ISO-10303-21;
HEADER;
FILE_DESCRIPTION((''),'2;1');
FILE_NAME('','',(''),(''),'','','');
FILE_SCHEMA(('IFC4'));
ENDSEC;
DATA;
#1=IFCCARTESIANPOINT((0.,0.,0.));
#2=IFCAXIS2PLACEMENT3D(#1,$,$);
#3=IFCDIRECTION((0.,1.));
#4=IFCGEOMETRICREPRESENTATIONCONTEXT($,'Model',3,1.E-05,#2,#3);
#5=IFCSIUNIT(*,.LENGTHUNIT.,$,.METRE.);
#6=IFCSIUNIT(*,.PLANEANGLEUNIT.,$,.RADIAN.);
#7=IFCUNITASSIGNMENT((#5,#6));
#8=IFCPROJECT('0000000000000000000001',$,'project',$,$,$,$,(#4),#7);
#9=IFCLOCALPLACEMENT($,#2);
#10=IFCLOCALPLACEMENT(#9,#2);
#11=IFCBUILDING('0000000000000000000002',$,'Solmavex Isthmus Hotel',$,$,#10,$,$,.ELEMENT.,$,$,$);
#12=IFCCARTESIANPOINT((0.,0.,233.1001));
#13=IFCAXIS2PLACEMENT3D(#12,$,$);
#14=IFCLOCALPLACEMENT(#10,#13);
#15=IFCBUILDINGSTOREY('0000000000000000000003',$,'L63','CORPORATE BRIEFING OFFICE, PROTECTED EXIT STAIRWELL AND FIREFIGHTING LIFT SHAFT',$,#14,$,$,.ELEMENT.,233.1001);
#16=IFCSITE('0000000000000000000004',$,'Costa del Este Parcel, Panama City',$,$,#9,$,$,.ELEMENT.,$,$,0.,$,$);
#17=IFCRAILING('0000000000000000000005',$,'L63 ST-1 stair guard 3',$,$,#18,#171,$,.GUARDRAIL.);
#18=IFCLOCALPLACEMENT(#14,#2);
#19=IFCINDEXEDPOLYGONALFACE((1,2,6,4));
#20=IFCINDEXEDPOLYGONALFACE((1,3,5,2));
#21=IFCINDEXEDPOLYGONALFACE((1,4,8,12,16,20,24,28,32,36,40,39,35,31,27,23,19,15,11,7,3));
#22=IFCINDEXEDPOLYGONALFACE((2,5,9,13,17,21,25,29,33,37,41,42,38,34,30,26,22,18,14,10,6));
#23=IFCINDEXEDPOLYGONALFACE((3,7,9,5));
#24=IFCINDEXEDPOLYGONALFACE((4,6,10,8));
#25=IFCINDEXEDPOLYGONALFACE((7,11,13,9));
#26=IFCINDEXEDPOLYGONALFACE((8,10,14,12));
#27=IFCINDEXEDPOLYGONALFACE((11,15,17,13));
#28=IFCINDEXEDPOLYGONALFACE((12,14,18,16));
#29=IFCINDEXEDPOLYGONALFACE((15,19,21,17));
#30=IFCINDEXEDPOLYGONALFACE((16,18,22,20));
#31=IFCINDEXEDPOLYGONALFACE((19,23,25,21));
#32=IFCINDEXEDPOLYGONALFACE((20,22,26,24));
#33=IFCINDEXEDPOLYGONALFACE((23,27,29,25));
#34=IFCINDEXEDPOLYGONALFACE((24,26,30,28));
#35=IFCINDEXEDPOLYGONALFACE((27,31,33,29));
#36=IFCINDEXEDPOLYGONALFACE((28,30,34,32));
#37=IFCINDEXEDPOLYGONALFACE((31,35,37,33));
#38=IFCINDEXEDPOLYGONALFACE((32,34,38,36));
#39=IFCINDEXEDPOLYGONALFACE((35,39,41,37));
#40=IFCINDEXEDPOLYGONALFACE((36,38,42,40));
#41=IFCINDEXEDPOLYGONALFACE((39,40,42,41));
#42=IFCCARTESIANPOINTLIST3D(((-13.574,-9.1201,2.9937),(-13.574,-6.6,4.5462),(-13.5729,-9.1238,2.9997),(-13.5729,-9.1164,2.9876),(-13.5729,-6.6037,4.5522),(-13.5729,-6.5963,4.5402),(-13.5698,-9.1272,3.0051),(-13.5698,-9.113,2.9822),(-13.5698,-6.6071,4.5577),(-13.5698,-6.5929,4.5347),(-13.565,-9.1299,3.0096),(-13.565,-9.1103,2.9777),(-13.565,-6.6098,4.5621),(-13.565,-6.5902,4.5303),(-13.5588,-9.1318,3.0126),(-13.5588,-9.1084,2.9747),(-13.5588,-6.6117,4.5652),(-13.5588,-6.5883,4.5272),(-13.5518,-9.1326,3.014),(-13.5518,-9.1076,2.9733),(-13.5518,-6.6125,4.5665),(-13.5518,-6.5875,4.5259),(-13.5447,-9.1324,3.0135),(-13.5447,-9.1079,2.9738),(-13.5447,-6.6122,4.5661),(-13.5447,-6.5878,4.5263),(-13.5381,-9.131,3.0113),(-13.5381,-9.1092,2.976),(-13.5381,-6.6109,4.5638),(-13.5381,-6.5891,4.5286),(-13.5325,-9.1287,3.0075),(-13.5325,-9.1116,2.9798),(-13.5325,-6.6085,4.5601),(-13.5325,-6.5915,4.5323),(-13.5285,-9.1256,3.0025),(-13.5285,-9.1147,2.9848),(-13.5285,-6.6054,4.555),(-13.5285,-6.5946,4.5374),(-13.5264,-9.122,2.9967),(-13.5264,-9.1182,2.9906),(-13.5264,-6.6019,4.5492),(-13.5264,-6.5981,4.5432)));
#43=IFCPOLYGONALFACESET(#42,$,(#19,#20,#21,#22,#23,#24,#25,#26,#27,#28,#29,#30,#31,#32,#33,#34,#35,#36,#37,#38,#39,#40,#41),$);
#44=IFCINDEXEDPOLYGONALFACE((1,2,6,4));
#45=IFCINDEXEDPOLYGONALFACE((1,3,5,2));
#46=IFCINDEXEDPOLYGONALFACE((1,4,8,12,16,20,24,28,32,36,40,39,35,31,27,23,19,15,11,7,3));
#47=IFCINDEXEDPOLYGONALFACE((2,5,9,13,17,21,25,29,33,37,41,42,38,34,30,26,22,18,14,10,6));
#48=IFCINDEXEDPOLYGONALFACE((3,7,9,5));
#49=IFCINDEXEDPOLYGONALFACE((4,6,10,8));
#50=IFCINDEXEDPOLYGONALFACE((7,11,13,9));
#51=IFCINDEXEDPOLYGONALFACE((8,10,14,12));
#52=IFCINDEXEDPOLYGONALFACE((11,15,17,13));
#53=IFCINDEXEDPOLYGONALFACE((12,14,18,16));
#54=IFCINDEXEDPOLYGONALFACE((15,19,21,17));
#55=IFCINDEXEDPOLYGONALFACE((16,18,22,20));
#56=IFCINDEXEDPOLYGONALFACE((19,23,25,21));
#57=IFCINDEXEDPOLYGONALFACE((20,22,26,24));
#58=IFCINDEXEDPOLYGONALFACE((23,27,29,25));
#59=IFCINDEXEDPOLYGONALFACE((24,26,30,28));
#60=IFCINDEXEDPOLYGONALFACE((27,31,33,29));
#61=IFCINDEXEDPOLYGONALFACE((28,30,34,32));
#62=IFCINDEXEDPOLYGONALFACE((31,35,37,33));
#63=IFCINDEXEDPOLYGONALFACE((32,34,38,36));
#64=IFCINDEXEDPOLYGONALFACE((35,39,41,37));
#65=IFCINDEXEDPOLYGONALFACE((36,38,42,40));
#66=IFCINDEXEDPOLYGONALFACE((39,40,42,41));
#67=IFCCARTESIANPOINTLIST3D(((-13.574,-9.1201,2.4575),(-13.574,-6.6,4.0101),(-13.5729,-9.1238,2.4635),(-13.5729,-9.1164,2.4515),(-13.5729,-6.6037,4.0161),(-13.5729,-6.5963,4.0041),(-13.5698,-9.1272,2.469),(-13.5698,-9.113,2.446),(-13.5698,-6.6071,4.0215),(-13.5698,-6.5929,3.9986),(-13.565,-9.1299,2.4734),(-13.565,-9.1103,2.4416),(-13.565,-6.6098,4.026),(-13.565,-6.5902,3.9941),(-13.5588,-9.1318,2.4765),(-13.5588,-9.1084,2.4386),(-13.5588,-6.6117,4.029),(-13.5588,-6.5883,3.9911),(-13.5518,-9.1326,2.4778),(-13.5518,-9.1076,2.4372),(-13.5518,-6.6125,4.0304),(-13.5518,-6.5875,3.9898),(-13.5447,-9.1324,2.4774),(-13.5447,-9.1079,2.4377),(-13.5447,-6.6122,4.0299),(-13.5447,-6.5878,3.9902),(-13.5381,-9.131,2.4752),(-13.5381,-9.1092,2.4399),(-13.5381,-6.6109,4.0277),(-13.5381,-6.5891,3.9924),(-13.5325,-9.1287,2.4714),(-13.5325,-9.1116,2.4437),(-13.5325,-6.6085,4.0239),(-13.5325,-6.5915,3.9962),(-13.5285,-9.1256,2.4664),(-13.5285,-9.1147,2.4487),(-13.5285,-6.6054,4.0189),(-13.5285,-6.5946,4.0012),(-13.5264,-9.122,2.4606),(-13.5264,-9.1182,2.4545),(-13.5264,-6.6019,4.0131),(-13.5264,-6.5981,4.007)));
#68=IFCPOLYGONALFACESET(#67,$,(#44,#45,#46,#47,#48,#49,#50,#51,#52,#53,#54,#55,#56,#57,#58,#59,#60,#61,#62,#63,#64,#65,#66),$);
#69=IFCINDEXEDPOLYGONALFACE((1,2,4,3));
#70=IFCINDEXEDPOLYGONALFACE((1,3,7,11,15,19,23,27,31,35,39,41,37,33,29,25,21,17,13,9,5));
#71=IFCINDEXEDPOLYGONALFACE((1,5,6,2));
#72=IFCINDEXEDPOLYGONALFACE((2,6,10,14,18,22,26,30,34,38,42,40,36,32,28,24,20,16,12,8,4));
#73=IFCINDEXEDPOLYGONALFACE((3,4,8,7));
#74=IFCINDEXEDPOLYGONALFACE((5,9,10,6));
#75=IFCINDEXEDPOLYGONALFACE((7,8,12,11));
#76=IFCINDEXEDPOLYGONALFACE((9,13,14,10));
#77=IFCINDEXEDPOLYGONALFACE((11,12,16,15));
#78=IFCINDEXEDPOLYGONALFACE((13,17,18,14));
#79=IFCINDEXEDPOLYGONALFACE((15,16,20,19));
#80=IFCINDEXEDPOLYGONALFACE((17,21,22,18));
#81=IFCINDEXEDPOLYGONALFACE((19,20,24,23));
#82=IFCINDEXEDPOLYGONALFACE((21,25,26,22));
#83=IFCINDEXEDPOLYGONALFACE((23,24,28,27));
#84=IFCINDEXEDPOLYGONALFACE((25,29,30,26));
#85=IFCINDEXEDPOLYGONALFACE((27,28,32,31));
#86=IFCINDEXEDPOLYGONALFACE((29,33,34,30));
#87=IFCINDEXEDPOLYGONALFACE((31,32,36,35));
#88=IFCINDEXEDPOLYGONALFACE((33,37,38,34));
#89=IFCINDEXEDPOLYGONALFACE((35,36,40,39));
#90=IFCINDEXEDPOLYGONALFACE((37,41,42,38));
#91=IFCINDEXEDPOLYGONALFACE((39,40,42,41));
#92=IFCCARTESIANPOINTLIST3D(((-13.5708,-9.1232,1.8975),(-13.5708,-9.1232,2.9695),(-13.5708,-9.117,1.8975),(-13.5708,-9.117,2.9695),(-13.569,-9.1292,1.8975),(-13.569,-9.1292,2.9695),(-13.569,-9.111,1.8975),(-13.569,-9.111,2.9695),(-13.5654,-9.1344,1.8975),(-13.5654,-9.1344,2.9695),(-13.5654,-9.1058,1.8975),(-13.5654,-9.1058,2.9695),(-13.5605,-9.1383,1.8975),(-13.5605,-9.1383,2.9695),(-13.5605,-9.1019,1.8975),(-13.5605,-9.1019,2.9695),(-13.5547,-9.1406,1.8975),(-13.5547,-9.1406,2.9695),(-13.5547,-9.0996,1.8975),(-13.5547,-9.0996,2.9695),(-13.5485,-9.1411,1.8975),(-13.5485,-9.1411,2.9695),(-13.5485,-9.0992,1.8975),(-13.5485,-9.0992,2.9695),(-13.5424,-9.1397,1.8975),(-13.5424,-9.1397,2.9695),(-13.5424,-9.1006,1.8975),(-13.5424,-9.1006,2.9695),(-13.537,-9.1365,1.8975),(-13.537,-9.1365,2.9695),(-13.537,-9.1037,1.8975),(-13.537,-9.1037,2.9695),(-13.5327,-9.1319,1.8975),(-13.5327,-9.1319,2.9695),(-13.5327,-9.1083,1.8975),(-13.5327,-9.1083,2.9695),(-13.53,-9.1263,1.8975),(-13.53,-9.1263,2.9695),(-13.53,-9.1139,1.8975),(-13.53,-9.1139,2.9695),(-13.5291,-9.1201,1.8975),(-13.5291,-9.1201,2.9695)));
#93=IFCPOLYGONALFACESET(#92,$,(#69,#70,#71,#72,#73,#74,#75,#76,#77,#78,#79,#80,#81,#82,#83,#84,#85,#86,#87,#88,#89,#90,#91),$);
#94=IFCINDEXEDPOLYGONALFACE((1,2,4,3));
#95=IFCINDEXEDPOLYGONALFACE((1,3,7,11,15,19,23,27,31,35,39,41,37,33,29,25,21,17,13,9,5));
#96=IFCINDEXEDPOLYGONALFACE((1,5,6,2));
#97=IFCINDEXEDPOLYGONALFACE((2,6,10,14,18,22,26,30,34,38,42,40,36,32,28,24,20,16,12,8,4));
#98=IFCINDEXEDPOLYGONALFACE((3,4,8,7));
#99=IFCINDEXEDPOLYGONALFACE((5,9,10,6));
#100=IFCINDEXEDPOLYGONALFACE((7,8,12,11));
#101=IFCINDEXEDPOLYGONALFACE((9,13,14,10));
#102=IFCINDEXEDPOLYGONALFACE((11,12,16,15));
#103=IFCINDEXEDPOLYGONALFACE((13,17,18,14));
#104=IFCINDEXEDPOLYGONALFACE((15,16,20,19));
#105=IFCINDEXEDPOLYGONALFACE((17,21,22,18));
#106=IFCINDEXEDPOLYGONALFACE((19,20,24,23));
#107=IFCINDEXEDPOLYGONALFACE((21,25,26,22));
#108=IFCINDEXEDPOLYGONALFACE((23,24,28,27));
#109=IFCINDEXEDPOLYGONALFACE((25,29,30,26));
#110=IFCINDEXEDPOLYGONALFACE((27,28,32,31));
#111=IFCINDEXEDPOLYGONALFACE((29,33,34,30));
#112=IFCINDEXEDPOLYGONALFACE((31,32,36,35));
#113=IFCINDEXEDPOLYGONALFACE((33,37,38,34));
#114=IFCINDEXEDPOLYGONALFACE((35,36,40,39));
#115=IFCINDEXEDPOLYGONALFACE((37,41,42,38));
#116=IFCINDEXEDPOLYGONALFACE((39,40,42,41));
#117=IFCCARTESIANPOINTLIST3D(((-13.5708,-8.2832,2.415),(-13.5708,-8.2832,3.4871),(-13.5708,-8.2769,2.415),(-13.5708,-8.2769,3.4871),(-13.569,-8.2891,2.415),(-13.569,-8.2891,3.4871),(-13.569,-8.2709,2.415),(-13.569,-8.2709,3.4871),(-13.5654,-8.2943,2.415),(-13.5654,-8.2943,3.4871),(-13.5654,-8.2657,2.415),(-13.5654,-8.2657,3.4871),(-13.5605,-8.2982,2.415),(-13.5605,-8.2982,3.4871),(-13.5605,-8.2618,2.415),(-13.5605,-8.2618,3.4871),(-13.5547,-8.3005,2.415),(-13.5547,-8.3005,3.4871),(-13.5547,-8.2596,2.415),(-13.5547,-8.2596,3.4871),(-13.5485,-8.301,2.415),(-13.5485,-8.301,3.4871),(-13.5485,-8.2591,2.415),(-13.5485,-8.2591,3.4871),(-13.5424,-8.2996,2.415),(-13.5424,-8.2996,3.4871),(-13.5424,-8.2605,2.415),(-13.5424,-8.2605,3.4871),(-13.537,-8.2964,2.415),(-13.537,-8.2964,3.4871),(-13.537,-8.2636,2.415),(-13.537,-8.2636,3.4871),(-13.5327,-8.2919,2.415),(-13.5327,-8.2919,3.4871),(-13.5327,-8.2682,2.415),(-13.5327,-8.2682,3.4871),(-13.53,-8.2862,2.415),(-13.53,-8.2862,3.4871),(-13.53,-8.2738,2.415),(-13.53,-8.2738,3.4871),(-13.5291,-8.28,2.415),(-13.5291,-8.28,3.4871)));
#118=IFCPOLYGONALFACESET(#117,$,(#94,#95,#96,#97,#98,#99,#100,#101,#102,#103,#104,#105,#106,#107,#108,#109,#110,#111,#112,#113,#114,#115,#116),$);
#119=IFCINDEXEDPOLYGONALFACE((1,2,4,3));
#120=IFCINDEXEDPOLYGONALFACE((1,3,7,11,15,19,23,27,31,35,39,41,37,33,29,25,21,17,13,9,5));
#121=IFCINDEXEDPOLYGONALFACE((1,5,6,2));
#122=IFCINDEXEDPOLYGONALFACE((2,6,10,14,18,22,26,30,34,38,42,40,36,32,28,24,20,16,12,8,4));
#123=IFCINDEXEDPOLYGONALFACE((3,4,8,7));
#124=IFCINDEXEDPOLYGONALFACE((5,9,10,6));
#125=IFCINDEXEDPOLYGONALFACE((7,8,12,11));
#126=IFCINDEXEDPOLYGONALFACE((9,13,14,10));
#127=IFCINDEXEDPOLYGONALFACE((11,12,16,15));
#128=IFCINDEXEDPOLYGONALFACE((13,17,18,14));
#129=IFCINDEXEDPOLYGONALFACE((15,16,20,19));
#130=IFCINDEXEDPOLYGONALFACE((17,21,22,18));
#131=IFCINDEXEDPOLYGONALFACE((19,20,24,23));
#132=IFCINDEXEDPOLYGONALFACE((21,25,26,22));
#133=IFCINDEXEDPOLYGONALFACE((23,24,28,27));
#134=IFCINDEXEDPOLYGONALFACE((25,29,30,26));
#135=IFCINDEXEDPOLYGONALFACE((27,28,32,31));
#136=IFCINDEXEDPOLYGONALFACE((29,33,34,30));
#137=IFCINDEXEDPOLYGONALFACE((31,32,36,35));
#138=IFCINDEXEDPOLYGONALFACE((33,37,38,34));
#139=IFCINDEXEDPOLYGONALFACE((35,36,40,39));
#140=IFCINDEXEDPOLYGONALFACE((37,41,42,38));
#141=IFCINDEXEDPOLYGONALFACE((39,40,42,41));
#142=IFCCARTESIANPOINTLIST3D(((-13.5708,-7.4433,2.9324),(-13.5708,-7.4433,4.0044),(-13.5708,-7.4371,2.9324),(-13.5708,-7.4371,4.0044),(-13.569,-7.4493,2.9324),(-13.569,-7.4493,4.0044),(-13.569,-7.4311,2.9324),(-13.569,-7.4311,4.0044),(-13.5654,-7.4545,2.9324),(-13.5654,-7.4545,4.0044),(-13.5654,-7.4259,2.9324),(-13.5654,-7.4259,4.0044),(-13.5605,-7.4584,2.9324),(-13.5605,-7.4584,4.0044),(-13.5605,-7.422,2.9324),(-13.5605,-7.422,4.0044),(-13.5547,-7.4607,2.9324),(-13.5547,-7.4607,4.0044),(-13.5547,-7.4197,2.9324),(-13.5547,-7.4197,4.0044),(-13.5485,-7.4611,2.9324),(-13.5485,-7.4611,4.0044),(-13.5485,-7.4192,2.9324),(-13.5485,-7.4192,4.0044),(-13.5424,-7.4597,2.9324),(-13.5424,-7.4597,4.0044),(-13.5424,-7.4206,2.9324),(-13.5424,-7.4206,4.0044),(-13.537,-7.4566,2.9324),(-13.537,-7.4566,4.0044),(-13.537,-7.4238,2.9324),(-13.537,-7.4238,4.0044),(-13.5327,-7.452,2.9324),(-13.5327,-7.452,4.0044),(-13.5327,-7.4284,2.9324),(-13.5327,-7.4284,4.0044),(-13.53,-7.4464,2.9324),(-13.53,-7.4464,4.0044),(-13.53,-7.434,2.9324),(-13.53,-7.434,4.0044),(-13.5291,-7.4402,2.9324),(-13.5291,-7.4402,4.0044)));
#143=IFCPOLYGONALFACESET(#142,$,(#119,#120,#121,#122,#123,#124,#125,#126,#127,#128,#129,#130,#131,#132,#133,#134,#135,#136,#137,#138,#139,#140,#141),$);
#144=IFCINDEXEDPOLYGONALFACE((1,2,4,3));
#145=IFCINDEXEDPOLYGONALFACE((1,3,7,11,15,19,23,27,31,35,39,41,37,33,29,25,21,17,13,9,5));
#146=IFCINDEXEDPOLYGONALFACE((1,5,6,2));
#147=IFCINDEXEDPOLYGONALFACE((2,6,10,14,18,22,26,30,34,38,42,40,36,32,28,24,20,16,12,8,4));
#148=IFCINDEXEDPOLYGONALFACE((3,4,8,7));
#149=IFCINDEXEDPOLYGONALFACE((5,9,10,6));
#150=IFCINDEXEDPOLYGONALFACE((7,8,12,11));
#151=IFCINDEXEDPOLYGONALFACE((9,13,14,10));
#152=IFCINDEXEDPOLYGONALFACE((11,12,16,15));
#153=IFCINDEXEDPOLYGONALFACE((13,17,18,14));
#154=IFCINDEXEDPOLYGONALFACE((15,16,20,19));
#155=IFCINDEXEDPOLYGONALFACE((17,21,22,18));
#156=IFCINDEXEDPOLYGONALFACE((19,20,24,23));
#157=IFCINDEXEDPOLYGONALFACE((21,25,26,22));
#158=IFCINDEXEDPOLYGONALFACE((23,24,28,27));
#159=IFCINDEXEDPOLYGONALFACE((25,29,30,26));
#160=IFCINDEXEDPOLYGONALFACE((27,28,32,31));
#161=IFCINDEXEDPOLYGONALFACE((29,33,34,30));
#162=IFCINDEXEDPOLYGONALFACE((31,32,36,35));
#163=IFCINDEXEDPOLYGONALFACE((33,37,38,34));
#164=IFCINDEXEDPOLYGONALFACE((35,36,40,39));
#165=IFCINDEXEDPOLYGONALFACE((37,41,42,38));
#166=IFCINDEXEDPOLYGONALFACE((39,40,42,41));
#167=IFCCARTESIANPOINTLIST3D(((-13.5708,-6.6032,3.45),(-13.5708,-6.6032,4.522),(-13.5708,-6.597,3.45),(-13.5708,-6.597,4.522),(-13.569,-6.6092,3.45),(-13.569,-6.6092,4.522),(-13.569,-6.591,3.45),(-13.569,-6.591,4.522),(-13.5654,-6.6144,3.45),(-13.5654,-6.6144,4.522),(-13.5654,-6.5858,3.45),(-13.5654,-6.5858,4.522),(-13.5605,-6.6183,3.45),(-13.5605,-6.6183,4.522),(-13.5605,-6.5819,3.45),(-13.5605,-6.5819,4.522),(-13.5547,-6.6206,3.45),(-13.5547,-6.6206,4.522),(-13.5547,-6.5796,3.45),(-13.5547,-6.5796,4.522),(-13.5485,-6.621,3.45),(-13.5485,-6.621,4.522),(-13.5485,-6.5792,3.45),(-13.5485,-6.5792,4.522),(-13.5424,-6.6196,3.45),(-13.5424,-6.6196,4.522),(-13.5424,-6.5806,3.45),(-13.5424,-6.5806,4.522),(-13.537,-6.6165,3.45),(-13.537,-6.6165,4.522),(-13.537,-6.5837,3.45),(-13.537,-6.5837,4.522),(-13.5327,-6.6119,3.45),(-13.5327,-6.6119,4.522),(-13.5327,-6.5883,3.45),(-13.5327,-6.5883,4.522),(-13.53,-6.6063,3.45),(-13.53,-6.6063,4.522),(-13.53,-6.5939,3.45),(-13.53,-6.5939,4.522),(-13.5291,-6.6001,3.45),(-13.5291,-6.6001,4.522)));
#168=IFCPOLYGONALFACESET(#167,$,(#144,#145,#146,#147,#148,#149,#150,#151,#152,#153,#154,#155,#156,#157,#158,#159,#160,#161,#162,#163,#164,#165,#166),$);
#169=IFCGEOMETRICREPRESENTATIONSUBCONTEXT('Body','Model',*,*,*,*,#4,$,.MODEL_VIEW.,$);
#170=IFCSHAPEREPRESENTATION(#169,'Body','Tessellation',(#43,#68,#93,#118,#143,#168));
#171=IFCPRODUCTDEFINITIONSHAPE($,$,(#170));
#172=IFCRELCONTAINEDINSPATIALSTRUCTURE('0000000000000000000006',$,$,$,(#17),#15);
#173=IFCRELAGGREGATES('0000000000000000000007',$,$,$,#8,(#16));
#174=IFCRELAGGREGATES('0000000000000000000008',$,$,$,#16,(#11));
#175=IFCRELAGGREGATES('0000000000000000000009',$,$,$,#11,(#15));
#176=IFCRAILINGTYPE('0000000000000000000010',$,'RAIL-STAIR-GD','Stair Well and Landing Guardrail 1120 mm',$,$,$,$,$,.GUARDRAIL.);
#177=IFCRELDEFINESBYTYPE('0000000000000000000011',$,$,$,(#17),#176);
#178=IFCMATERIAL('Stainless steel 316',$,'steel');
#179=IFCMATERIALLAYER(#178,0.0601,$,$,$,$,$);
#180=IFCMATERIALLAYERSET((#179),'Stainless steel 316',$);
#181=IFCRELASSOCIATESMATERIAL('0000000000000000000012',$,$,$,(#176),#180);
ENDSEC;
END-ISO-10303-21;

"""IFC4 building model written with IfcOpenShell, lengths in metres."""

from ifc_helpers import new_model, si_unit, direction, frame, origin, origin_2d, place, context, subcontext, project, spatial, circle, extrude, material, layer, layer_set, type_object, element, save


model = new_model("IFC4")

# Units and contexts
model_context = context("Model", 3, precision=1e-05, world=origin(), true_north=direction((0.0, 1.0)))
body_context = subcontext(model_context, "Body", "Model", "MODEL_VIEW")
ifc_project = project(units=[si_unit("LENGTHUNIT", "METRE"), si_unit("PLANEANGLEUNIT", "RADIAN")], contexts=[model_context])

# Site, building, storey
site_placement = place(None, origin())
site = spatial("IfcSite", under=ifc_project, at=site_placement, Name="Costa del Este Parcel, Panama City", CompositionType="ELEMENT", RefElevation=0.0)
building_placement = place(site_placement, origin())
building = spatial("IfcBuilding", under=site, at=building_placement, Name="Solmavex Isthmus Hotel", CompositionType="ELEMENT")
storey_placement = place(building_placement, frame((0.0, 0.0, 233.1001)))
storey = spatial("IfcBuildingStorey", under=building, at=storey_placement, Name="L63", Description="CORPORATE BRIEFING OFFICE, PROTECTED EXIT STAIRWELL AND FIREFIGHTING LIFT SHAFT", CompositionType="ELEMENT", Elevation=233.1001)

# Railing
ifc_material_1 = material(Name="Stainless steel 316", Category="steel")
ifc_layer_1 = layer(ifc_material_1, 0.0601)
ifc_layer_set_1 = layer_set([ifc_layer_1], Name="Stainless steel 316")
railing_type_1 = type_object("IfcRailingType", Name="RAIL-STAIR-GD", Description="Stair Well and Landing Guardrail 1120 mm", PredefinedType="GUARDRAIL", material=ifc_layer_set_1)
railing_1_placement = place(storey_placement, frame((-13.55, -9.1201, 1.8975)))
element("IfcRailing", 1, at=railing_1_placement, inside=storey, type_object=railing_type_1, Name="L63 ST-1 stair guard 3", PredefinedType="GUARDRAIL", context=body_context, shape_type="SweptSolid", body=[
    extrude(circle(Radius=0.0239, at=origin_2d()), frame((0.0, 0.0, 1.0962), z_axis=(0.0, 0.8514, 0.524516), x_axis=(-1.0, 0.0, 0.0)), (0.0, 0.0, 1.0), 2.96),
    extrude(circle(Radius=0.0239, at=origin_2d()), frame((0.0, 0.0, 0.5601), z_axis=(0.0, 0.8514, 0.524516), x_axis=(-1.0, 0.0, 0.0)), (0.0, 0.0, 1.0), 2.96),
    extrude(circle(Radius=0.021, at=origin_2d()), origin(), (0.0, 0.0, 1.0), 1.072),
    extrude(circle(Radius=0.021, at=origin_2d()), frame((0.0, 0.8401, 0.5176)), (0.0, 0.0, 1.0), 1.072),
    extrude(circle(Radius=0.021, at=origin_2d()), frame((0.0, 1.6799, 1.0349)), (0.0, 0.0, 1.0), 1.072),
    extrude(circle(Radius=0.021, at=origin_2d()), frame((0.0, 2.52, 1.5525)), (0.0, 0.0, 1.0), 1.072),
])

save(model, "model.ifc")
